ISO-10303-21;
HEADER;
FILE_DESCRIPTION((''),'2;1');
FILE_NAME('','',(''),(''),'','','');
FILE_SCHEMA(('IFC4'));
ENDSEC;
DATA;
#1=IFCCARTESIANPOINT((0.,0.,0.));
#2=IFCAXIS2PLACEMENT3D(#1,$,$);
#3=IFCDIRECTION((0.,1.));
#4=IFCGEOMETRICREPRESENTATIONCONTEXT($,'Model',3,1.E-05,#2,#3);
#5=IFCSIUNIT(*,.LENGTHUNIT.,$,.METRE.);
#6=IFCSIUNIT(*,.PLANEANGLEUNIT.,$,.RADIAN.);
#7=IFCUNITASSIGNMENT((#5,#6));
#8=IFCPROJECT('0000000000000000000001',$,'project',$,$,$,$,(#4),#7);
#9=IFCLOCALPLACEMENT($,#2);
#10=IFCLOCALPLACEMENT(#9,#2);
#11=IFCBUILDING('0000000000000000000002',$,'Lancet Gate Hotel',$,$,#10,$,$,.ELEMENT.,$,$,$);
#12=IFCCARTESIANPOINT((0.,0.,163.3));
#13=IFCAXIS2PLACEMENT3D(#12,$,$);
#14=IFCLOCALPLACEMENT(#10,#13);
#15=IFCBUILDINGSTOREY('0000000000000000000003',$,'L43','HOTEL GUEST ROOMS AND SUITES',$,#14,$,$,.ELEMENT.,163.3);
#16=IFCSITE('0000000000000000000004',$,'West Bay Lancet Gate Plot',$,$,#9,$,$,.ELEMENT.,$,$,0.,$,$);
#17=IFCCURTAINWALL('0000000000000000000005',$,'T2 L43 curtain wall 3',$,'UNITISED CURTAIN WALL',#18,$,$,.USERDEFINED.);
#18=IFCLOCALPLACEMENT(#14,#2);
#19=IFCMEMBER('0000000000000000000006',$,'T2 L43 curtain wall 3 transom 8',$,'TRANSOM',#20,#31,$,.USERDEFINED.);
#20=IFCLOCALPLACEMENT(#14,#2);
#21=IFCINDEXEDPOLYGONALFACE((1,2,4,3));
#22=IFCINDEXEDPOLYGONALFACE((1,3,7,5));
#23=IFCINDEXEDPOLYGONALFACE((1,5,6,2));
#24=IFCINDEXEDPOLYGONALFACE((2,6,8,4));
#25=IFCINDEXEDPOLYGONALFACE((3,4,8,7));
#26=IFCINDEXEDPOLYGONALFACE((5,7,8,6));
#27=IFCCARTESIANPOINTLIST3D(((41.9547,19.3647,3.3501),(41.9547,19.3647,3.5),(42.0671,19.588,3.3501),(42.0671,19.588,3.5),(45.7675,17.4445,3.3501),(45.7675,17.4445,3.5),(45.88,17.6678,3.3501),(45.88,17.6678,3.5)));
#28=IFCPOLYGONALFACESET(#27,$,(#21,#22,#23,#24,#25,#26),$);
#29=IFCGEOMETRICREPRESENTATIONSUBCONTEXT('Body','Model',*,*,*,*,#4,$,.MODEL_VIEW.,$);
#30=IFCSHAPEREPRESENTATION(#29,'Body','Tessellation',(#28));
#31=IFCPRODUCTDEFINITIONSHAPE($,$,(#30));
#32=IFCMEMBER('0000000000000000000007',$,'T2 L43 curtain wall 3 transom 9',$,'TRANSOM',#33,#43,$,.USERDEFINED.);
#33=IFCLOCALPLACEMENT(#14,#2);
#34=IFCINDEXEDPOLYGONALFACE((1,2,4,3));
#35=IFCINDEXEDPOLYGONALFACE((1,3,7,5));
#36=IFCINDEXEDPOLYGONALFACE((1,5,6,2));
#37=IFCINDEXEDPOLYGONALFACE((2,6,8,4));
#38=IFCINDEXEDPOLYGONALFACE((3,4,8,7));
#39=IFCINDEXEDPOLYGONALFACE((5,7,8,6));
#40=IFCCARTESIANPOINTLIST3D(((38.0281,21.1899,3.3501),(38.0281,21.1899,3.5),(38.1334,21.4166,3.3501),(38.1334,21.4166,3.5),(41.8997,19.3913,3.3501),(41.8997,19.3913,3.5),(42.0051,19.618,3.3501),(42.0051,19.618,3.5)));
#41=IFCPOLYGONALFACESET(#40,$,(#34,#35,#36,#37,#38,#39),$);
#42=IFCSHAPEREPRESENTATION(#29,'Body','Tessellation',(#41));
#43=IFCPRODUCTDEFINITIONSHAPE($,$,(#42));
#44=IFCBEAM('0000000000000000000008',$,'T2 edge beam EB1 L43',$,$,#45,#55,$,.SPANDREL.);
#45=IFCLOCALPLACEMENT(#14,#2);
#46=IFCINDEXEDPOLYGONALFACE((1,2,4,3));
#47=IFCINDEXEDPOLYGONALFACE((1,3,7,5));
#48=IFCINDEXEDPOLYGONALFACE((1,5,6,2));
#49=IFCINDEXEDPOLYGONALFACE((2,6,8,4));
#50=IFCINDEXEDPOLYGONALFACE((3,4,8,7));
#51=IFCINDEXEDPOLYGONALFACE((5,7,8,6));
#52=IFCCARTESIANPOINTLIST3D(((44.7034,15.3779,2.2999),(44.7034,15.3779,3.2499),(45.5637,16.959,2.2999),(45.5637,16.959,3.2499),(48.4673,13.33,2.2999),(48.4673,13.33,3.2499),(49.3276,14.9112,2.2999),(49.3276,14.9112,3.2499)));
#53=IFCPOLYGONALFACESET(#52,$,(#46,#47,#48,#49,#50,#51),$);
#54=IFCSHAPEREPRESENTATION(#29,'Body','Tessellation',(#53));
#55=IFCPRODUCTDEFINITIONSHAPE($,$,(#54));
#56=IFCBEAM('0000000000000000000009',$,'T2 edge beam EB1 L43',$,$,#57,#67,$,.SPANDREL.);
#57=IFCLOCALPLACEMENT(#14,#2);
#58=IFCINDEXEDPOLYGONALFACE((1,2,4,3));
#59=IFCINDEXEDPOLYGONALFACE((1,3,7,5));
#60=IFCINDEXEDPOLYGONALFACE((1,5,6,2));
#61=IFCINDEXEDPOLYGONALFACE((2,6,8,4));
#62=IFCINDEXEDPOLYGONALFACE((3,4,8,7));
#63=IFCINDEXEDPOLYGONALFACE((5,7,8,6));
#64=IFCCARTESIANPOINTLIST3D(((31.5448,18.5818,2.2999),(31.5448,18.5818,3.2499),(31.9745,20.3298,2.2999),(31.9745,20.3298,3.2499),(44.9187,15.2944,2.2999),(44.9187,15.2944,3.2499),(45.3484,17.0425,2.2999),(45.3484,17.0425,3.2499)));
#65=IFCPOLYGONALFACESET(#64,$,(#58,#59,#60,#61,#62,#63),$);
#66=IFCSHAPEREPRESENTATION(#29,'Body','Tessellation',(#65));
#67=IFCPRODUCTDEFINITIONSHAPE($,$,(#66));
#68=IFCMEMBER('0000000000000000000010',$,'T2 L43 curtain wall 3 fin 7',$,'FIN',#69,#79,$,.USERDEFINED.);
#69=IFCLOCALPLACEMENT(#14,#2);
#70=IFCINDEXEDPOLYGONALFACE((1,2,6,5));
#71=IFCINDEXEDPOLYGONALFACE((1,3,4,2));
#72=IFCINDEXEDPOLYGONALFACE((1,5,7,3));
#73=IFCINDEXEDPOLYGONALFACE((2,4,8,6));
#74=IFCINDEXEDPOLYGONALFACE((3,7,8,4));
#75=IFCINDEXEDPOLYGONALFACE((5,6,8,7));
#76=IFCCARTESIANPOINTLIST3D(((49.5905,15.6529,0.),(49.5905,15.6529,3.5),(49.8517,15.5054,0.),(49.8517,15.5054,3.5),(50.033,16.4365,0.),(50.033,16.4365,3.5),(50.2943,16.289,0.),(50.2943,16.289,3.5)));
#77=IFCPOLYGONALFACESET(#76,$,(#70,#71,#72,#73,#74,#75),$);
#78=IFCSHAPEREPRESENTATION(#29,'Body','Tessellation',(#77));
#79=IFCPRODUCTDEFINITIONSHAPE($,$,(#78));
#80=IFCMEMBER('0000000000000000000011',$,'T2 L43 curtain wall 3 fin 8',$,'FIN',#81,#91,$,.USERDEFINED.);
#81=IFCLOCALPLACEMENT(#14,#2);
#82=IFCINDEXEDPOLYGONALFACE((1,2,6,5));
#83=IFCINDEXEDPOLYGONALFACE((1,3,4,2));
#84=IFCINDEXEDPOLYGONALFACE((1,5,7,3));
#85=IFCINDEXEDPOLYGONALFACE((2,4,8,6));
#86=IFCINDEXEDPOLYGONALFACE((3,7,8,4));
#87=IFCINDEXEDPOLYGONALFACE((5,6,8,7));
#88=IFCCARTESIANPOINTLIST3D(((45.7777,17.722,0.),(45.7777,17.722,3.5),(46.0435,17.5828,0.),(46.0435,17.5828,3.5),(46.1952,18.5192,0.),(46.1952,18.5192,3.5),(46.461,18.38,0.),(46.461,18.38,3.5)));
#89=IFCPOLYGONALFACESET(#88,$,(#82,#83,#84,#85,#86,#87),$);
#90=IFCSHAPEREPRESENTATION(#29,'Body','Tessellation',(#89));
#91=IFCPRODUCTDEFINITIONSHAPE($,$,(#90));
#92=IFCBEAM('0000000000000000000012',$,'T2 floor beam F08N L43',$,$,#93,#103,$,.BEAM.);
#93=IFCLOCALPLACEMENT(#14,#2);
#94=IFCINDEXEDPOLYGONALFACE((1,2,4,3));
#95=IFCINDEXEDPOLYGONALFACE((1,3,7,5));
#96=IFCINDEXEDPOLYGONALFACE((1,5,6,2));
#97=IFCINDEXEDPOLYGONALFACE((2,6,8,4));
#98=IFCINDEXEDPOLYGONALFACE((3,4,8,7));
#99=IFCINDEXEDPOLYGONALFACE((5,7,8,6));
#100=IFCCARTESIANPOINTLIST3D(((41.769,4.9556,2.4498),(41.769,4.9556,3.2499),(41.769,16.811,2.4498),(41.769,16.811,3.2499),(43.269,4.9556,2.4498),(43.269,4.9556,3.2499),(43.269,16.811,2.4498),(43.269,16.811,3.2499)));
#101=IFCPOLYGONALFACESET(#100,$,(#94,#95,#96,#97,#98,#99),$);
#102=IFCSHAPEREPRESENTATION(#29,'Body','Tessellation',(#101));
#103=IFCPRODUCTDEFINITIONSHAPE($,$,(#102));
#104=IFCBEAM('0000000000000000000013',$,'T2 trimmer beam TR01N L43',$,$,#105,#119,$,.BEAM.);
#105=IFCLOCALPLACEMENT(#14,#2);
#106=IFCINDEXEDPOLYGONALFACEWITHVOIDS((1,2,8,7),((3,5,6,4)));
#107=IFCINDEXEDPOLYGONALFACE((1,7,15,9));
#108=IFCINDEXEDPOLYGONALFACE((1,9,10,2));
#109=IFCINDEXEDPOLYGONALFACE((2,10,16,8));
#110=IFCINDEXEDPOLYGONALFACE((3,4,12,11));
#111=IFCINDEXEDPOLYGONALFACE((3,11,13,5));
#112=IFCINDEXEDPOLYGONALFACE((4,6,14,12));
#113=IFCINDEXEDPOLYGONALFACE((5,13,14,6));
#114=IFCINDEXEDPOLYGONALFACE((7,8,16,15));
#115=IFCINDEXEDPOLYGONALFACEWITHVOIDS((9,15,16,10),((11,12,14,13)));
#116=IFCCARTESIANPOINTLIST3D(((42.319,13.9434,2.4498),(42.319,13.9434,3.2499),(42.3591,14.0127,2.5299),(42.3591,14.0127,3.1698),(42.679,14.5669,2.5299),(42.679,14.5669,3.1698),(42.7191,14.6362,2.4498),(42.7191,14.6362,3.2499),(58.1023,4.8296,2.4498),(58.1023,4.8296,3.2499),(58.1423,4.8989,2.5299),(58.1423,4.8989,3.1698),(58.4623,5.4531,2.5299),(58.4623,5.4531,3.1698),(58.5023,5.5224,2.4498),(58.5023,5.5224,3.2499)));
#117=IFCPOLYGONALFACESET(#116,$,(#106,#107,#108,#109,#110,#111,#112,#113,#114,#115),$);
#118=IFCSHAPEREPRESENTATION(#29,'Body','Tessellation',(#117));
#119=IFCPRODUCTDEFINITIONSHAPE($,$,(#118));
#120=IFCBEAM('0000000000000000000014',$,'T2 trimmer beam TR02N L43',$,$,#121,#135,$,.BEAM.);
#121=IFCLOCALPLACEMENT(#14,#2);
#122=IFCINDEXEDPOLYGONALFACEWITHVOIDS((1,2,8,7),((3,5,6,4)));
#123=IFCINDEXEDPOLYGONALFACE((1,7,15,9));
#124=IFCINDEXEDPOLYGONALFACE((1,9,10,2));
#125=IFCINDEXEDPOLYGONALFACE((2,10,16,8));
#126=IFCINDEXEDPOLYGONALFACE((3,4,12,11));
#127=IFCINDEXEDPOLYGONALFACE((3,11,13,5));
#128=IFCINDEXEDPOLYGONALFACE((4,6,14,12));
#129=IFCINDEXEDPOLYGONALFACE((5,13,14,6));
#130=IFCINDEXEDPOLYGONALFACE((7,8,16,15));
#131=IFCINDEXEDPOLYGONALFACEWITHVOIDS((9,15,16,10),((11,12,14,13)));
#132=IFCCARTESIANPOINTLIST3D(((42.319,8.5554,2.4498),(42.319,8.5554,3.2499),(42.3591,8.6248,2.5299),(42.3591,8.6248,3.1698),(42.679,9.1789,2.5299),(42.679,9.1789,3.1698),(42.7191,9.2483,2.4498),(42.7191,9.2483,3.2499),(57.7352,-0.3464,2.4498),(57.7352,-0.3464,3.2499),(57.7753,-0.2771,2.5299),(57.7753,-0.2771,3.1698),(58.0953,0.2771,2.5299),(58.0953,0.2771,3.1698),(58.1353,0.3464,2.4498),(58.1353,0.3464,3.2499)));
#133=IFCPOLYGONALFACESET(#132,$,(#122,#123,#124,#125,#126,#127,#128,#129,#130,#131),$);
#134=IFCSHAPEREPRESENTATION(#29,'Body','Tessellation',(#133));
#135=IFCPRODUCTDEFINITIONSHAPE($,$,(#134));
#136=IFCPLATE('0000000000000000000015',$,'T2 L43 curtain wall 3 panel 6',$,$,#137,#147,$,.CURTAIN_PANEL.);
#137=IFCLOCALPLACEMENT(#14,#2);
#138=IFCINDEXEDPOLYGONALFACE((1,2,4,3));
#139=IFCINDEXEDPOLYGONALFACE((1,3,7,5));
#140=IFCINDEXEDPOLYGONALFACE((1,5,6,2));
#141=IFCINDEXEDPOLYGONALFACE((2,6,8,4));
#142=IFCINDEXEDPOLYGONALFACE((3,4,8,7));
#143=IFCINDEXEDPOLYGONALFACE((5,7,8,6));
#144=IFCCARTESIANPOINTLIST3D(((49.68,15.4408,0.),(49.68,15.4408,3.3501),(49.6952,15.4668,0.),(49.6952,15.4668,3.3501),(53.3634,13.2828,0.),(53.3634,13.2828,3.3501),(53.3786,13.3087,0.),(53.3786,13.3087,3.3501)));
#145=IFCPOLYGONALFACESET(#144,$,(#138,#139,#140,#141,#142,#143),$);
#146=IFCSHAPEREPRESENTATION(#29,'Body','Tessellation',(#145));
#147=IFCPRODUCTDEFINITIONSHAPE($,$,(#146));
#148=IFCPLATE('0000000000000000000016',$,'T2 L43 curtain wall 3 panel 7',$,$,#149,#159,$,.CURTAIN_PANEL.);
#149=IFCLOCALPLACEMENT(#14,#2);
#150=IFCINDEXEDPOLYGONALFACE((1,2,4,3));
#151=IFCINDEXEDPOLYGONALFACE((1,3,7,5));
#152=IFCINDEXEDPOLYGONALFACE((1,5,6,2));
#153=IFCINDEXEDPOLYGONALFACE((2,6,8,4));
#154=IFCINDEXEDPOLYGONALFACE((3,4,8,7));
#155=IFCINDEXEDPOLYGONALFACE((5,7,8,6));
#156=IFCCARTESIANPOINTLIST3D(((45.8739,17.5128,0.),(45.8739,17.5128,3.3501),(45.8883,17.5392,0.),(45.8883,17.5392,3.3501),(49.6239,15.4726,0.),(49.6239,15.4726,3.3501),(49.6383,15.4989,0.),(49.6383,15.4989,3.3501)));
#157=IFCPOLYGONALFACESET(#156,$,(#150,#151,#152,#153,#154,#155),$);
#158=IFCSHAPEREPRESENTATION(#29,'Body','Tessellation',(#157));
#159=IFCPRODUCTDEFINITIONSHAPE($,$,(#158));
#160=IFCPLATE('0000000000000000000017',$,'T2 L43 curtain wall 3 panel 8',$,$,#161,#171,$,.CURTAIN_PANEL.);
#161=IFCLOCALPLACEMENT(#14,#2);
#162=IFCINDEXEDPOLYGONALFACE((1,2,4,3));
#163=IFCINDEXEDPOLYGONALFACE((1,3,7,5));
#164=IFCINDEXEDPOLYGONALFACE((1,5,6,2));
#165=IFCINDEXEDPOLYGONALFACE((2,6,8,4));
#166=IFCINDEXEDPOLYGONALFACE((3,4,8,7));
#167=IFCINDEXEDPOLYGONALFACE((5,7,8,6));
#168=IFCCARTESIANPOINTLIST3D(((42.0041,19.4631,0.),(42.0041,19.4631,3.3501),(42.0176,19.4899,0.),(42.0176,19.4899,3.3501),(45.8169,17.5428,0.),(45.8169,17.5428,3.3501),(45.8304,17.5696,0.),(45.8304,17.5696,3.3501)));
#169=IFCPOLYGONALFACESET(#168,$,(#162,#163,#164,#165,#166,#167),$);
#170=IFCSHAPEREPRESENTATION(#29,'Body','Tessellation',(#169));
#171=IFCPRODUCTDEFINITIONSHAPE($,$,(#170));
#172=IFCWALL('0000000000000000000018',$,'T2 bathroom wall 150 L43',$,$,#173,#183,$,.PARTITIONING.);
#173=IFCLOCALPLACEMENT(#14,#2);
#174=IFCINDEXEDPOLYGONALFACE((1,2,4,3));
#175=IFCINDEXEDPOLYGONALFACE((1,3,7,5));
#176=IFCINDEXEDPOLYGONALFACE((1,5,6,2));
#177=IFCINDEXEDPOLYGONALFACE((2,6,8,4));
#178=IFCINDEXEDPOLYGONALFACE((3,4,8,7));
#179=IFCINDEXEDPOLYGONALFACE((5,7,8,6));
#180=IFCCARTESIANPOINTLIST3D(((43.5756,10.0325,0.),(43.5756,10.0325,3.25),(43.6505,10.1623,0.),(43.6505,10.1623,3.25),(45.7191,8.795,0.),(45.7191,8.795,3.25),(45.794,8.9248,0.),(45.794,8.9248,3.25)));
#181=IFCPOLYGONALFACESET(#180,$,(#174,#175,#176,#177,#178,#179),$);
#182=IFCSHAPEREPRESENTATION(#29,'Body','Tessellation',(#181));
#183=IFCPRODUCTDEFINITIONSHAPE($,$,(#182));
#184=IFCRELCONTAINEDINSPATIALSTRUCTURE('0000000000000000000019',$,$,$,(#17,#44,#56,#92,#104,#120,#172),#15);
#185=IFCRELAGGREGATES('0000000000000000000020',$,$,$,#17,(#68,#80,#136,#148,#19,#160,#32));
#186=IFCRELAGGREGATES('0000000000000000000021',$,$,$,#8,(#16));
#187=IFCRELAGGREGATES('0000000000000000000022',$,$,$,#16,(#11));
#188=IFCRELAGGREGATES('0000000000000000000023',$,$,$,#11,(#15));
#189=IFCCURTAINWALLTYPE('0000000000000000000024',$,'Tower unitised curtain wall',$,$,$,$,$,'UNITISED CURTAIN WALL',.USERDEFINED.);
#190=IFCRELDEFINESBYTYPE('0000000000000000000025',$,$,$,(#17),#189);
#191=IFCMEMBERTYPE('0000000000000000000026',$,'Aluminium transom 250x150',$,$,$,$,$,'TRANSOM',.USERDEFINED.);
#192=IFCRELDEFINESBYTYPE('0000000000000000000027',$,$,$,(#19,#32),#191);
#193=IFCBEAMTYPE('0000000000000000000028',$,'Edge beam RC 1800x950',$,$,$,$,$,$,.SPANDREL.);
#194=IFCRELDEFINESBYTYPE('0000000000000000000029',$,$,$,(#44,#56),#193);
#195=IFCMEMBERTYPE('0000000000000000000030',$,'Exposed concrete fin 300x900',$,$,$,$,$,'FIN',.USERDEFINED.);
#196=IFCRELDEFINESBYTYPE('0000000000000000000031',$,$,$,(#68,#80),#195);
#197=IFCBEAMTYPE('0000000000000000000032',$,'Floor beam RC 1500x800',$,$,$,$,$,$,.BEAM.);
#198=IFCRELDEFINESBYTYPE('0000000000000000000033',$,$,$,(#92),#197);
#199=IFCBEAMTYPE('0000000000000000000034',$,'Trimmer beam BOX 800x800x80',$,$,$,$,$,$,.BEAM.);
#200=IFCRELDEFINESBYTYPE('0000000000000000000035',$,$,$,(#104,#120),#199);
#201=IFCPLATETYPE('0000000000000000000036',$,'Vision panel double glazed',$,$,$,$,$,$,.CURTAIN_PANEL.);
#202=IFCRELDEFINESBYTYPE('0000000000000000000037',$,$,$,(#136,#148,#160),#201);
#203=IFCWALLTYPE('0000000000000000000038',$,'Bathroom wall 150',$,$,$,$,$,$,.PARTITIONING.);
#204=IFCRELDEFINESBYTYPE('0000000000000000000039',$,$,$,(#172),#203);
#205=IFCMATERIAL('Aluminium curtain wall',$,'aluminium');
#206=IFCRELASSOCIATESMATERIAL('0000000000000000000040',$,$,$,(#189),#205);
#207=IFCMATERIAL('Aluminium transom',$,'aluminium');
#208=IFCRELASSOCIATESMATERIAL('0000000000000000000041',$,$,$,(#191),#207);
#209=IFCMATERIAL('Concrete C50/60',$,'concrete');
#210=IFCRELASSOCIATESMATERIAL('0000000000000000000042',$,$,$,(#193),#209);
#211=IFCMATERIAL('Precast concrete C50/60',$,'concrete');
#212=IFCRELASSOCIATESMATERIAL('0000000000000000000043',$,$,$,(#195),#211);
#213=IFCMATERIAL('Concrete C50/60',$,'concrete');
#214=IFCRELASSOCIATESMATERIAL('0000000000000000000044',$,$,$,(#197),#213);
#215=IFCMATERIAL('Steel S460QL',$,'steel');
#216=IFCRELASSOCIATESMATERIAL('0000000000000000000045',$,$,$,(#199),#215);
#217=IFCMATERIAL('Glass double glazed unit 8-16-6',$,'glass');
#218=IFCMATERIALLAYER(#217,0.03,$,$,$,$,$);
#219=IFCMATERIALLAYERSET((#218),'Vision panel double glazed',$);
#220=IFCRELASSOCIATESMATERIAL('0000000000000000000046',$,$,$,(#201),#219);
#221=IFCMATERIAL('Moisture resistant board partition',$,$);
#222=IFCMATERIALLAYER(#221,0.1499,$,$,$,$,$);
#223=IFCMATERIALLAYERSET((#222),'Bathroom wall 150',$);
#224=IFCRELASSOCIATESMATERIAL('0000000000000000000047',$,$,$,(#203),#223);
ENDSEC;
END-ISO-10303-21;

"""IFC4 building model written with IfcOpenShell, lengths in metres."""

from ifc_helpers import new_model, si_unit, direction, frame, frame_2d, origin, origin_2d, place, context, subcontext, project, spatial, rectangle, hollow_rectangle, extrude, material, layer, layer_set, material_profile, profile_set, type_object, element, aggregate, save


model = new_model("IFC4")

# Units and contexts
model_context = context("Model", 3, precision=1e-05, world=origin(), true_north=direction((0.0, 1.0)))
body_context = subcontext(model_context, "Body", "Model", "MODEL_VIEW")
ifc_project = project(units=[si_unit("LENGTHUNIT", "METRE"), si_unit("PLANEANGLEUNIT", "RADIAN")], contexts=[model_context])

# Site, building, storey
site_placement = place(None, origin())
site = spatial("IfcSite", under=ifc_project, at=site_placement, Name="West Bay Lancet Gate Plot", CompositionType="ELEMENT", RefElevation=0.0)
building_placement = place(site_placement, origin())
building = spatial("IfcBuilding", under=site, at=building_placement, Name="Lancet Gate Hotel", CompositionType="ELEMENT")
storey_placement = place(building_placement, frame((0.0, 0.0, 163.3)))
storey = spatial("IfcBuildingStorey", under=building, at=storey_placement, Name="L43", Description="HOTEL GUEST ROOMS AND SUITES", CompositionType="ELEMENT", Elevation=163.3)

# Curtain wall, members
ifc_material_1 = material(Name="Aluminium curtain wall", Category="aluminium")
curtain_wall_type = type_object("IfcCurtainWallType", Name="Tower unitised curtain wall", ElementType="UNITISED CURTAIN WALL", PredefinedType="USERDEFINED", material=ifc_material_1)
curtain_wall_placement = place(storey_placement, origin())
curtain_wall = element("IfcCurtainWall", 1, at=curtain_wall_placement, inside=storey, type_object=curtain_wall_type, Name="T2 L43 curtain wall 3", ObjectType="UNITISED CURTAIN WALL", PredefinedType="USERDEFINED")
ifc_material_2 = material(Name="Aluminium transom", Category="aluminium")
ifc_material_profile_1 = material_profile(ifc_material_2, rectangle(XDim=0.25, YDim=0.1499, at=origin_2d()), Name="TRANSOM 250x150")
ifc_profile_set_1 = profile_set([ifc_material_profile_1], Name="Aluminium transom")
member_type_1 = type_object("IfcMemberType", Name="Aluminium transom 250x150", ElementType="TRANSOM", PredefinedType="USERDEFINED", material=ifc_profile_set_1)
member_1_placement = place(storey_placement, frame((45.8237, 17.5562, 3.425), z_axis=(-0.893131, 0.449797, 0.0), x_axis=(-0.449797, -0.893131, 0.0)))
member_1 = element("IfcMember", 2, at=member_1_placement, type_object=member_type_1, Name="T2 L43 curtain wall 3 transom 8", ObjectType="TRANSOM", PredefinedType="USERDEFINED", context=body_context, shape_type="SweptSolid", body=[
    extrude(rectangle(XDim=0.25, YDim=0.1499, at=origin_2d()), origin(), (0.0, 0.0, 1.0), 4.269),
])
member_2_placement = place(storey_placement, frame((41.9524, 19.5046, 3.425), z_axis=(-0.906914, 0.421316, 0.0), x_axis=(-0.421316, -0.906914, 0.0)))
member_2 = element("IfcMember", 3, at=member_2_placement, type_object=member_type_1, Name="T2 L43 curtain wall 3 transom 9", ObjectType="TRANSOM", PredefinedType="USERDEFINED", context=body_context, shape_type="SweptSolid", body=[
    extrude(rectangle(XDim=0.25, YDim=0.1499, at=origin_2d()), origin(), (0.0, 0.0, 1.0), 4.269),
])

# Beams
ifc_material_3 = material(Name="Concrete C50/60", Category="concrete")
ifc_material_profile_2 = material_profile(ifc_material_3, rectangle(XDim=1.8, YDim=0.95, at=origin_2d()), Name="RC 1800x950")
ifc_profile_set_2 = profile_set([ifc_material_profile_2], Name="Concrete C50/60")
beam_type_1 = type_object("IfcBeamType", Name="Edge beam RC 1800x950", PredefinedType="SPANDREL", material=ifc_profile_set_2)
beam_1_placement = place(storey_placement, frame((48.8975, 14.1206, 2.7749), z_axis=(-0.878405, 0.477918, 0.0), x_axis=(-0.477918, -0.878405, 0.0)))
element("IfcBeam", 4, at=beam_1_placement, inside=storey, type_object=beam_type_1, Name="T2 edge beam EB1 L43", PredefinedType="SPANDREL", context=body_context, shape_type="SweptSolid", body=[
    extrude(rectangle(XDim=1.8, YDim=0.95, at=origin_2d()), origin(), (0.0, 0.0, 1.0), 4.2849),
])
beam_2_placement = place(storey_placement, frame((45.1335, 16.1685, 2.7749), z_axis=(-0.971093, 0.2387, 0.0), x_axis=(-0.2387, -0.971093, 0.0)))
element("IfcBeam", 5, at=beam_2_placement, inside=storey, type_object=beam_type_1, Name="T2 edge beam EB1 L43", PredefinedType="SPANDREL", context=body_context, shape_type="SweptSolid", body=[
    extrude(rectangle(XDim=1.8, YDim=0.95, at=origin_2d()), origin(), (0.0, 0.0, 1.0), 13.772),
])

# Members
ifc_material_4 = material(Name="Precast concrete C50/60", Category="concrete")
ifc_material_profile_3 = material_profile(ifc_material_4, rectangle(XDim=0.3, YDim=0.8999, at=origin_2d()), Name="FIN 300x900")
ifc_profile_set_3 = profile_set([ifc_material_profile_3], Name="Precast concrete C50/60")
member_type_2 = type_object("IfcMemberType", Name="Exposed concrete fin 300x900", ElementType="FIN", PredefinedType="USERDEFINED", material=ifc_profile_set_3)
member_3_placement = place(storey_placement, frame((49.9424, 15.9709, 0.0), z_axis=(0.0, 0.0, 1.0), x_axis=(-0.870722, 0.491776, 0.0)))
member_3 = element("IfcMember", 6, at=member_3_placement, type_object=member_type_2, Name="T2 L43 curtain wall 3 fin 7", ObjectType="FIN", PredefinedType="USERDEFINED", context=body_context, shape_type="SweptSolid", body=[
    extrude(rectangle(XDim=0.3, YDim=0.8999, at=origin_2d()), origin(), (0.0, 0.0, 1.0), 3.5),
])
member_4_placement = place(storey_placement, frame((46.1194, 18.051, 0.0), z_axis=(0.0, 0.0, 1.0), x_axis=(-0.885877, 0.46392, 0.0)))
member_4 = element("IfcMember", 7, at=member_4_placement, type_object=member_type_2, Name="T2 L43 curtain wall 3 fin 8", ObjectType="FIN", PredefinedType="USERDEFINED", context=body_context, shape_type="SweptSolid", body=[
    extrude(rectangle(XDim=0.3, YDim=0.8999, at=origin_2d()), origin(), (0.0, 0.0, 1.0), 3.5),
])

# Beams
ifc_material_5 = material(Name="Concrete C50/60", Category="concrete")
ifc_material_profile_4 = material_profile(ifc_material_5, rectangle(XDim=1.5, YDim=0.8, at=origin_2d()), Name="RC 1500x800")
ifc_profile_set_4 = profile_set([ifc_material_profile_4], Name="Concrete C50/60")
beam_type_2 = type_object("IfcBeamType", Name="Floor beam RC 1500x800", PredefinedType="BEAM", material=ifc_profile_set_4)
beam_3_placement = place(storey_placement, frame((42.519, 4.9556, 2.8499), z_axis=(0.0, 1.0, 0.0), x_axis=(-1.0, 0.0, 0.0)))
element("IfcBeam", 8, at=beam_3_placement, inside=storey, type_object=beam_type_2, Name="T2 floor beam F08N L43", PredefinedType="BEAM", context=body_context, shape_type="SweptSolid", body=[
    extrude(rectangle(XDim=1.5, YDim=0.8, at=origin_2d()), origin(), (0.0, 0.0, 1.0), 11.8555),
])
ifc_material_6 = material(Name="Steel S460QL", Category="steel")
ifc_material_profile_5 = material_profile(ifc_material_6, hollow_rectangle(XDim=0.8, YDim=0.8, WallThickness=0.0801, at=origin_2d()), Name="BOX 800x800x80")
ifc_profile_set_5 = profile_set([ifc_material_profile_5], Name="Steel S460QL")
beam_type_3 = type_object("IfcBeamType", Name="Trimmer beam BOX 800x800x80", PredefinedType="BEAM", material=ifc_profile_set_5)
beam_4_placement = place(storey_placement, frame((42.519, 14.2898, 2.8499), z_axis=(0.865994, -0.500055, 0.0), x_axis=(0.500055, 0.865994, 0.0)))
element("IfcBeam", 9, at=beam_4_placement, inside=storey, type_object=beam_type_3, Name="T2 trimmer beam TR01N L43", PredefinedType="BEAM", context=body_context, shape_type="SweptSolid", body=[
    extrude(hollow_rectangle(XDim=0.8, YDim=0.8, WallThickness=0.0801, at=origin_2d()), origin(), (0.0, 0.0, 1.0), 18.2256),
])
beam_5_placement = place(storey_placement, frame((42.519, 8.9019, 2.8499), z_axis=(0.865994, -0.500054, 0.0), x_axis=(0.500054, 0.865994, 0.0)))
element("IfcBeam", 10, at=beam_5_placement, inside=storey, type_object=beam_type_3, Name="T2 trimmer beam TR02N L43", PredefinedType="BEAM", context=body_context, shape_type="SweptSolid", body=[
    extrude(hollow_rectangle(XDim=0.8, YDim=0.8, WallThickness=0.0801, at=origin_2d()), origin(), (0.0, 0.0, 1.0), 17.8018),
])

# Plates
ifc_material_7 = material(Name="Glass double glazed unit 8-16-6", Category="glass")
ifc_layer_1 = layer(ifc_material_7, 0.03)
ifc_layer_set_1 = layer_set([ifc_layer_1], Name="Vision panel double glazed")
plate_type = type_object("IfcPlateType", Name="Vision panel double glazed", PredefinedType="CURTAIN_PANEL", material=ifc_layer_set_1)
plate_1_placement = place(storey_placement, frame((51.5293, 14.3748, 0.0), z_axis=(0.0, 0.0, 1.0), x_axis=(-0.862815, 0.50552, 0.0)))
plate_1 = element("IfcPlate", 11, at=plate_1_placement, type_object=plate_type, Name="T2 L43 curtain wall 3 panel 6", PredefinedType="CURTAIN_PANEL", context=body_context, shape_type="SweptSolid", body=[
    extrude(rectangle(XDim=4.269, YDim=0.03, at=origin_2d()), origin(), (0.0, 0.0, 1.0), 3.3501),
])
plate_2_placement = place(storey_placement, frame((47.7561, 16.5059, 0.0), z_axis=(0.0, 0.0, 1.0), x_axis=(-0.87841, 0.477908, 0.0)))
plate_2 = element("IfcPlate", 12, at=plate_2_placement, type_object=plate_type, Name="T2 L43 curtain wall 3 panel 7", PredefinedType="CURTAIN_PANEL", context=body_context, shape_type="SweptSolid", body=[
    extrude(rectangle(XDim=4.269, YDim=0.03, at=origin_2d()), origin(), (0.0, 0.0, 1.0), 3.3501),
])
plate_3_placement = place(storey_placement, frame((43.9172, 18.5164, 0.0), z_axis=(0.0, 0.0, 1.0), x_axis=(-0.893121, 0.449816, 0.0)))
plate_3 = element("IfcPlate", 13, at=plate_3_placement, type_object=plate_type, Name="T2 L43 curtain wall 3 panel 8", PredefinedType="CURTAIN_PANEL", context=body_context, shape_type="SweptSolid", body=[
    extrude(rectangle(XDim=4.269, YDim=0.03, at=origin_2d()), origin(), (0.0, 0.0, 1.0), 3.3501),
])
aggregate(curtain_wall, [member_3, member_4, plate_1, plate_2, member_1, plate_3, member_2])

# Wall
ifc_material_8 = material(Name="Moisture resistant board partition")
ifc_layer_2 = layer(ifc_material_8, 0.1499)
ifc_layer_set_2 = layer_set([ifc_layer_2], Name="Bathroom wall 150")
wall_type_1 = type_object("IfcWallType", Name="Bathroom wall 150", PredefinedType="PARTITIONING", material=ifc_layer_set_2)
wall_1_placement = place(storey_placement, frame((43.613, 10.0974, 0.0), z_axis=(0.0, 0.0, 1.0), x_axis=(0.866031, -0.49999, 0.0)))
element("IfcWall", 14, at=wall_1_placement, inside=storey, type_object=wall_type_1, Name="T2 bathroom wall 150 L43", PredefinedType="PARTITIONING", context=body_context, shape_type="SweptSolid", body=[
    extrude(rectangle(XDim=2.4751, YDim=0.1499, at=frame_2d((1.2375, 0.0))), origin(), (0.0, 0.0, 1.0), 3.25),
])

save(model, "model.ifc")
